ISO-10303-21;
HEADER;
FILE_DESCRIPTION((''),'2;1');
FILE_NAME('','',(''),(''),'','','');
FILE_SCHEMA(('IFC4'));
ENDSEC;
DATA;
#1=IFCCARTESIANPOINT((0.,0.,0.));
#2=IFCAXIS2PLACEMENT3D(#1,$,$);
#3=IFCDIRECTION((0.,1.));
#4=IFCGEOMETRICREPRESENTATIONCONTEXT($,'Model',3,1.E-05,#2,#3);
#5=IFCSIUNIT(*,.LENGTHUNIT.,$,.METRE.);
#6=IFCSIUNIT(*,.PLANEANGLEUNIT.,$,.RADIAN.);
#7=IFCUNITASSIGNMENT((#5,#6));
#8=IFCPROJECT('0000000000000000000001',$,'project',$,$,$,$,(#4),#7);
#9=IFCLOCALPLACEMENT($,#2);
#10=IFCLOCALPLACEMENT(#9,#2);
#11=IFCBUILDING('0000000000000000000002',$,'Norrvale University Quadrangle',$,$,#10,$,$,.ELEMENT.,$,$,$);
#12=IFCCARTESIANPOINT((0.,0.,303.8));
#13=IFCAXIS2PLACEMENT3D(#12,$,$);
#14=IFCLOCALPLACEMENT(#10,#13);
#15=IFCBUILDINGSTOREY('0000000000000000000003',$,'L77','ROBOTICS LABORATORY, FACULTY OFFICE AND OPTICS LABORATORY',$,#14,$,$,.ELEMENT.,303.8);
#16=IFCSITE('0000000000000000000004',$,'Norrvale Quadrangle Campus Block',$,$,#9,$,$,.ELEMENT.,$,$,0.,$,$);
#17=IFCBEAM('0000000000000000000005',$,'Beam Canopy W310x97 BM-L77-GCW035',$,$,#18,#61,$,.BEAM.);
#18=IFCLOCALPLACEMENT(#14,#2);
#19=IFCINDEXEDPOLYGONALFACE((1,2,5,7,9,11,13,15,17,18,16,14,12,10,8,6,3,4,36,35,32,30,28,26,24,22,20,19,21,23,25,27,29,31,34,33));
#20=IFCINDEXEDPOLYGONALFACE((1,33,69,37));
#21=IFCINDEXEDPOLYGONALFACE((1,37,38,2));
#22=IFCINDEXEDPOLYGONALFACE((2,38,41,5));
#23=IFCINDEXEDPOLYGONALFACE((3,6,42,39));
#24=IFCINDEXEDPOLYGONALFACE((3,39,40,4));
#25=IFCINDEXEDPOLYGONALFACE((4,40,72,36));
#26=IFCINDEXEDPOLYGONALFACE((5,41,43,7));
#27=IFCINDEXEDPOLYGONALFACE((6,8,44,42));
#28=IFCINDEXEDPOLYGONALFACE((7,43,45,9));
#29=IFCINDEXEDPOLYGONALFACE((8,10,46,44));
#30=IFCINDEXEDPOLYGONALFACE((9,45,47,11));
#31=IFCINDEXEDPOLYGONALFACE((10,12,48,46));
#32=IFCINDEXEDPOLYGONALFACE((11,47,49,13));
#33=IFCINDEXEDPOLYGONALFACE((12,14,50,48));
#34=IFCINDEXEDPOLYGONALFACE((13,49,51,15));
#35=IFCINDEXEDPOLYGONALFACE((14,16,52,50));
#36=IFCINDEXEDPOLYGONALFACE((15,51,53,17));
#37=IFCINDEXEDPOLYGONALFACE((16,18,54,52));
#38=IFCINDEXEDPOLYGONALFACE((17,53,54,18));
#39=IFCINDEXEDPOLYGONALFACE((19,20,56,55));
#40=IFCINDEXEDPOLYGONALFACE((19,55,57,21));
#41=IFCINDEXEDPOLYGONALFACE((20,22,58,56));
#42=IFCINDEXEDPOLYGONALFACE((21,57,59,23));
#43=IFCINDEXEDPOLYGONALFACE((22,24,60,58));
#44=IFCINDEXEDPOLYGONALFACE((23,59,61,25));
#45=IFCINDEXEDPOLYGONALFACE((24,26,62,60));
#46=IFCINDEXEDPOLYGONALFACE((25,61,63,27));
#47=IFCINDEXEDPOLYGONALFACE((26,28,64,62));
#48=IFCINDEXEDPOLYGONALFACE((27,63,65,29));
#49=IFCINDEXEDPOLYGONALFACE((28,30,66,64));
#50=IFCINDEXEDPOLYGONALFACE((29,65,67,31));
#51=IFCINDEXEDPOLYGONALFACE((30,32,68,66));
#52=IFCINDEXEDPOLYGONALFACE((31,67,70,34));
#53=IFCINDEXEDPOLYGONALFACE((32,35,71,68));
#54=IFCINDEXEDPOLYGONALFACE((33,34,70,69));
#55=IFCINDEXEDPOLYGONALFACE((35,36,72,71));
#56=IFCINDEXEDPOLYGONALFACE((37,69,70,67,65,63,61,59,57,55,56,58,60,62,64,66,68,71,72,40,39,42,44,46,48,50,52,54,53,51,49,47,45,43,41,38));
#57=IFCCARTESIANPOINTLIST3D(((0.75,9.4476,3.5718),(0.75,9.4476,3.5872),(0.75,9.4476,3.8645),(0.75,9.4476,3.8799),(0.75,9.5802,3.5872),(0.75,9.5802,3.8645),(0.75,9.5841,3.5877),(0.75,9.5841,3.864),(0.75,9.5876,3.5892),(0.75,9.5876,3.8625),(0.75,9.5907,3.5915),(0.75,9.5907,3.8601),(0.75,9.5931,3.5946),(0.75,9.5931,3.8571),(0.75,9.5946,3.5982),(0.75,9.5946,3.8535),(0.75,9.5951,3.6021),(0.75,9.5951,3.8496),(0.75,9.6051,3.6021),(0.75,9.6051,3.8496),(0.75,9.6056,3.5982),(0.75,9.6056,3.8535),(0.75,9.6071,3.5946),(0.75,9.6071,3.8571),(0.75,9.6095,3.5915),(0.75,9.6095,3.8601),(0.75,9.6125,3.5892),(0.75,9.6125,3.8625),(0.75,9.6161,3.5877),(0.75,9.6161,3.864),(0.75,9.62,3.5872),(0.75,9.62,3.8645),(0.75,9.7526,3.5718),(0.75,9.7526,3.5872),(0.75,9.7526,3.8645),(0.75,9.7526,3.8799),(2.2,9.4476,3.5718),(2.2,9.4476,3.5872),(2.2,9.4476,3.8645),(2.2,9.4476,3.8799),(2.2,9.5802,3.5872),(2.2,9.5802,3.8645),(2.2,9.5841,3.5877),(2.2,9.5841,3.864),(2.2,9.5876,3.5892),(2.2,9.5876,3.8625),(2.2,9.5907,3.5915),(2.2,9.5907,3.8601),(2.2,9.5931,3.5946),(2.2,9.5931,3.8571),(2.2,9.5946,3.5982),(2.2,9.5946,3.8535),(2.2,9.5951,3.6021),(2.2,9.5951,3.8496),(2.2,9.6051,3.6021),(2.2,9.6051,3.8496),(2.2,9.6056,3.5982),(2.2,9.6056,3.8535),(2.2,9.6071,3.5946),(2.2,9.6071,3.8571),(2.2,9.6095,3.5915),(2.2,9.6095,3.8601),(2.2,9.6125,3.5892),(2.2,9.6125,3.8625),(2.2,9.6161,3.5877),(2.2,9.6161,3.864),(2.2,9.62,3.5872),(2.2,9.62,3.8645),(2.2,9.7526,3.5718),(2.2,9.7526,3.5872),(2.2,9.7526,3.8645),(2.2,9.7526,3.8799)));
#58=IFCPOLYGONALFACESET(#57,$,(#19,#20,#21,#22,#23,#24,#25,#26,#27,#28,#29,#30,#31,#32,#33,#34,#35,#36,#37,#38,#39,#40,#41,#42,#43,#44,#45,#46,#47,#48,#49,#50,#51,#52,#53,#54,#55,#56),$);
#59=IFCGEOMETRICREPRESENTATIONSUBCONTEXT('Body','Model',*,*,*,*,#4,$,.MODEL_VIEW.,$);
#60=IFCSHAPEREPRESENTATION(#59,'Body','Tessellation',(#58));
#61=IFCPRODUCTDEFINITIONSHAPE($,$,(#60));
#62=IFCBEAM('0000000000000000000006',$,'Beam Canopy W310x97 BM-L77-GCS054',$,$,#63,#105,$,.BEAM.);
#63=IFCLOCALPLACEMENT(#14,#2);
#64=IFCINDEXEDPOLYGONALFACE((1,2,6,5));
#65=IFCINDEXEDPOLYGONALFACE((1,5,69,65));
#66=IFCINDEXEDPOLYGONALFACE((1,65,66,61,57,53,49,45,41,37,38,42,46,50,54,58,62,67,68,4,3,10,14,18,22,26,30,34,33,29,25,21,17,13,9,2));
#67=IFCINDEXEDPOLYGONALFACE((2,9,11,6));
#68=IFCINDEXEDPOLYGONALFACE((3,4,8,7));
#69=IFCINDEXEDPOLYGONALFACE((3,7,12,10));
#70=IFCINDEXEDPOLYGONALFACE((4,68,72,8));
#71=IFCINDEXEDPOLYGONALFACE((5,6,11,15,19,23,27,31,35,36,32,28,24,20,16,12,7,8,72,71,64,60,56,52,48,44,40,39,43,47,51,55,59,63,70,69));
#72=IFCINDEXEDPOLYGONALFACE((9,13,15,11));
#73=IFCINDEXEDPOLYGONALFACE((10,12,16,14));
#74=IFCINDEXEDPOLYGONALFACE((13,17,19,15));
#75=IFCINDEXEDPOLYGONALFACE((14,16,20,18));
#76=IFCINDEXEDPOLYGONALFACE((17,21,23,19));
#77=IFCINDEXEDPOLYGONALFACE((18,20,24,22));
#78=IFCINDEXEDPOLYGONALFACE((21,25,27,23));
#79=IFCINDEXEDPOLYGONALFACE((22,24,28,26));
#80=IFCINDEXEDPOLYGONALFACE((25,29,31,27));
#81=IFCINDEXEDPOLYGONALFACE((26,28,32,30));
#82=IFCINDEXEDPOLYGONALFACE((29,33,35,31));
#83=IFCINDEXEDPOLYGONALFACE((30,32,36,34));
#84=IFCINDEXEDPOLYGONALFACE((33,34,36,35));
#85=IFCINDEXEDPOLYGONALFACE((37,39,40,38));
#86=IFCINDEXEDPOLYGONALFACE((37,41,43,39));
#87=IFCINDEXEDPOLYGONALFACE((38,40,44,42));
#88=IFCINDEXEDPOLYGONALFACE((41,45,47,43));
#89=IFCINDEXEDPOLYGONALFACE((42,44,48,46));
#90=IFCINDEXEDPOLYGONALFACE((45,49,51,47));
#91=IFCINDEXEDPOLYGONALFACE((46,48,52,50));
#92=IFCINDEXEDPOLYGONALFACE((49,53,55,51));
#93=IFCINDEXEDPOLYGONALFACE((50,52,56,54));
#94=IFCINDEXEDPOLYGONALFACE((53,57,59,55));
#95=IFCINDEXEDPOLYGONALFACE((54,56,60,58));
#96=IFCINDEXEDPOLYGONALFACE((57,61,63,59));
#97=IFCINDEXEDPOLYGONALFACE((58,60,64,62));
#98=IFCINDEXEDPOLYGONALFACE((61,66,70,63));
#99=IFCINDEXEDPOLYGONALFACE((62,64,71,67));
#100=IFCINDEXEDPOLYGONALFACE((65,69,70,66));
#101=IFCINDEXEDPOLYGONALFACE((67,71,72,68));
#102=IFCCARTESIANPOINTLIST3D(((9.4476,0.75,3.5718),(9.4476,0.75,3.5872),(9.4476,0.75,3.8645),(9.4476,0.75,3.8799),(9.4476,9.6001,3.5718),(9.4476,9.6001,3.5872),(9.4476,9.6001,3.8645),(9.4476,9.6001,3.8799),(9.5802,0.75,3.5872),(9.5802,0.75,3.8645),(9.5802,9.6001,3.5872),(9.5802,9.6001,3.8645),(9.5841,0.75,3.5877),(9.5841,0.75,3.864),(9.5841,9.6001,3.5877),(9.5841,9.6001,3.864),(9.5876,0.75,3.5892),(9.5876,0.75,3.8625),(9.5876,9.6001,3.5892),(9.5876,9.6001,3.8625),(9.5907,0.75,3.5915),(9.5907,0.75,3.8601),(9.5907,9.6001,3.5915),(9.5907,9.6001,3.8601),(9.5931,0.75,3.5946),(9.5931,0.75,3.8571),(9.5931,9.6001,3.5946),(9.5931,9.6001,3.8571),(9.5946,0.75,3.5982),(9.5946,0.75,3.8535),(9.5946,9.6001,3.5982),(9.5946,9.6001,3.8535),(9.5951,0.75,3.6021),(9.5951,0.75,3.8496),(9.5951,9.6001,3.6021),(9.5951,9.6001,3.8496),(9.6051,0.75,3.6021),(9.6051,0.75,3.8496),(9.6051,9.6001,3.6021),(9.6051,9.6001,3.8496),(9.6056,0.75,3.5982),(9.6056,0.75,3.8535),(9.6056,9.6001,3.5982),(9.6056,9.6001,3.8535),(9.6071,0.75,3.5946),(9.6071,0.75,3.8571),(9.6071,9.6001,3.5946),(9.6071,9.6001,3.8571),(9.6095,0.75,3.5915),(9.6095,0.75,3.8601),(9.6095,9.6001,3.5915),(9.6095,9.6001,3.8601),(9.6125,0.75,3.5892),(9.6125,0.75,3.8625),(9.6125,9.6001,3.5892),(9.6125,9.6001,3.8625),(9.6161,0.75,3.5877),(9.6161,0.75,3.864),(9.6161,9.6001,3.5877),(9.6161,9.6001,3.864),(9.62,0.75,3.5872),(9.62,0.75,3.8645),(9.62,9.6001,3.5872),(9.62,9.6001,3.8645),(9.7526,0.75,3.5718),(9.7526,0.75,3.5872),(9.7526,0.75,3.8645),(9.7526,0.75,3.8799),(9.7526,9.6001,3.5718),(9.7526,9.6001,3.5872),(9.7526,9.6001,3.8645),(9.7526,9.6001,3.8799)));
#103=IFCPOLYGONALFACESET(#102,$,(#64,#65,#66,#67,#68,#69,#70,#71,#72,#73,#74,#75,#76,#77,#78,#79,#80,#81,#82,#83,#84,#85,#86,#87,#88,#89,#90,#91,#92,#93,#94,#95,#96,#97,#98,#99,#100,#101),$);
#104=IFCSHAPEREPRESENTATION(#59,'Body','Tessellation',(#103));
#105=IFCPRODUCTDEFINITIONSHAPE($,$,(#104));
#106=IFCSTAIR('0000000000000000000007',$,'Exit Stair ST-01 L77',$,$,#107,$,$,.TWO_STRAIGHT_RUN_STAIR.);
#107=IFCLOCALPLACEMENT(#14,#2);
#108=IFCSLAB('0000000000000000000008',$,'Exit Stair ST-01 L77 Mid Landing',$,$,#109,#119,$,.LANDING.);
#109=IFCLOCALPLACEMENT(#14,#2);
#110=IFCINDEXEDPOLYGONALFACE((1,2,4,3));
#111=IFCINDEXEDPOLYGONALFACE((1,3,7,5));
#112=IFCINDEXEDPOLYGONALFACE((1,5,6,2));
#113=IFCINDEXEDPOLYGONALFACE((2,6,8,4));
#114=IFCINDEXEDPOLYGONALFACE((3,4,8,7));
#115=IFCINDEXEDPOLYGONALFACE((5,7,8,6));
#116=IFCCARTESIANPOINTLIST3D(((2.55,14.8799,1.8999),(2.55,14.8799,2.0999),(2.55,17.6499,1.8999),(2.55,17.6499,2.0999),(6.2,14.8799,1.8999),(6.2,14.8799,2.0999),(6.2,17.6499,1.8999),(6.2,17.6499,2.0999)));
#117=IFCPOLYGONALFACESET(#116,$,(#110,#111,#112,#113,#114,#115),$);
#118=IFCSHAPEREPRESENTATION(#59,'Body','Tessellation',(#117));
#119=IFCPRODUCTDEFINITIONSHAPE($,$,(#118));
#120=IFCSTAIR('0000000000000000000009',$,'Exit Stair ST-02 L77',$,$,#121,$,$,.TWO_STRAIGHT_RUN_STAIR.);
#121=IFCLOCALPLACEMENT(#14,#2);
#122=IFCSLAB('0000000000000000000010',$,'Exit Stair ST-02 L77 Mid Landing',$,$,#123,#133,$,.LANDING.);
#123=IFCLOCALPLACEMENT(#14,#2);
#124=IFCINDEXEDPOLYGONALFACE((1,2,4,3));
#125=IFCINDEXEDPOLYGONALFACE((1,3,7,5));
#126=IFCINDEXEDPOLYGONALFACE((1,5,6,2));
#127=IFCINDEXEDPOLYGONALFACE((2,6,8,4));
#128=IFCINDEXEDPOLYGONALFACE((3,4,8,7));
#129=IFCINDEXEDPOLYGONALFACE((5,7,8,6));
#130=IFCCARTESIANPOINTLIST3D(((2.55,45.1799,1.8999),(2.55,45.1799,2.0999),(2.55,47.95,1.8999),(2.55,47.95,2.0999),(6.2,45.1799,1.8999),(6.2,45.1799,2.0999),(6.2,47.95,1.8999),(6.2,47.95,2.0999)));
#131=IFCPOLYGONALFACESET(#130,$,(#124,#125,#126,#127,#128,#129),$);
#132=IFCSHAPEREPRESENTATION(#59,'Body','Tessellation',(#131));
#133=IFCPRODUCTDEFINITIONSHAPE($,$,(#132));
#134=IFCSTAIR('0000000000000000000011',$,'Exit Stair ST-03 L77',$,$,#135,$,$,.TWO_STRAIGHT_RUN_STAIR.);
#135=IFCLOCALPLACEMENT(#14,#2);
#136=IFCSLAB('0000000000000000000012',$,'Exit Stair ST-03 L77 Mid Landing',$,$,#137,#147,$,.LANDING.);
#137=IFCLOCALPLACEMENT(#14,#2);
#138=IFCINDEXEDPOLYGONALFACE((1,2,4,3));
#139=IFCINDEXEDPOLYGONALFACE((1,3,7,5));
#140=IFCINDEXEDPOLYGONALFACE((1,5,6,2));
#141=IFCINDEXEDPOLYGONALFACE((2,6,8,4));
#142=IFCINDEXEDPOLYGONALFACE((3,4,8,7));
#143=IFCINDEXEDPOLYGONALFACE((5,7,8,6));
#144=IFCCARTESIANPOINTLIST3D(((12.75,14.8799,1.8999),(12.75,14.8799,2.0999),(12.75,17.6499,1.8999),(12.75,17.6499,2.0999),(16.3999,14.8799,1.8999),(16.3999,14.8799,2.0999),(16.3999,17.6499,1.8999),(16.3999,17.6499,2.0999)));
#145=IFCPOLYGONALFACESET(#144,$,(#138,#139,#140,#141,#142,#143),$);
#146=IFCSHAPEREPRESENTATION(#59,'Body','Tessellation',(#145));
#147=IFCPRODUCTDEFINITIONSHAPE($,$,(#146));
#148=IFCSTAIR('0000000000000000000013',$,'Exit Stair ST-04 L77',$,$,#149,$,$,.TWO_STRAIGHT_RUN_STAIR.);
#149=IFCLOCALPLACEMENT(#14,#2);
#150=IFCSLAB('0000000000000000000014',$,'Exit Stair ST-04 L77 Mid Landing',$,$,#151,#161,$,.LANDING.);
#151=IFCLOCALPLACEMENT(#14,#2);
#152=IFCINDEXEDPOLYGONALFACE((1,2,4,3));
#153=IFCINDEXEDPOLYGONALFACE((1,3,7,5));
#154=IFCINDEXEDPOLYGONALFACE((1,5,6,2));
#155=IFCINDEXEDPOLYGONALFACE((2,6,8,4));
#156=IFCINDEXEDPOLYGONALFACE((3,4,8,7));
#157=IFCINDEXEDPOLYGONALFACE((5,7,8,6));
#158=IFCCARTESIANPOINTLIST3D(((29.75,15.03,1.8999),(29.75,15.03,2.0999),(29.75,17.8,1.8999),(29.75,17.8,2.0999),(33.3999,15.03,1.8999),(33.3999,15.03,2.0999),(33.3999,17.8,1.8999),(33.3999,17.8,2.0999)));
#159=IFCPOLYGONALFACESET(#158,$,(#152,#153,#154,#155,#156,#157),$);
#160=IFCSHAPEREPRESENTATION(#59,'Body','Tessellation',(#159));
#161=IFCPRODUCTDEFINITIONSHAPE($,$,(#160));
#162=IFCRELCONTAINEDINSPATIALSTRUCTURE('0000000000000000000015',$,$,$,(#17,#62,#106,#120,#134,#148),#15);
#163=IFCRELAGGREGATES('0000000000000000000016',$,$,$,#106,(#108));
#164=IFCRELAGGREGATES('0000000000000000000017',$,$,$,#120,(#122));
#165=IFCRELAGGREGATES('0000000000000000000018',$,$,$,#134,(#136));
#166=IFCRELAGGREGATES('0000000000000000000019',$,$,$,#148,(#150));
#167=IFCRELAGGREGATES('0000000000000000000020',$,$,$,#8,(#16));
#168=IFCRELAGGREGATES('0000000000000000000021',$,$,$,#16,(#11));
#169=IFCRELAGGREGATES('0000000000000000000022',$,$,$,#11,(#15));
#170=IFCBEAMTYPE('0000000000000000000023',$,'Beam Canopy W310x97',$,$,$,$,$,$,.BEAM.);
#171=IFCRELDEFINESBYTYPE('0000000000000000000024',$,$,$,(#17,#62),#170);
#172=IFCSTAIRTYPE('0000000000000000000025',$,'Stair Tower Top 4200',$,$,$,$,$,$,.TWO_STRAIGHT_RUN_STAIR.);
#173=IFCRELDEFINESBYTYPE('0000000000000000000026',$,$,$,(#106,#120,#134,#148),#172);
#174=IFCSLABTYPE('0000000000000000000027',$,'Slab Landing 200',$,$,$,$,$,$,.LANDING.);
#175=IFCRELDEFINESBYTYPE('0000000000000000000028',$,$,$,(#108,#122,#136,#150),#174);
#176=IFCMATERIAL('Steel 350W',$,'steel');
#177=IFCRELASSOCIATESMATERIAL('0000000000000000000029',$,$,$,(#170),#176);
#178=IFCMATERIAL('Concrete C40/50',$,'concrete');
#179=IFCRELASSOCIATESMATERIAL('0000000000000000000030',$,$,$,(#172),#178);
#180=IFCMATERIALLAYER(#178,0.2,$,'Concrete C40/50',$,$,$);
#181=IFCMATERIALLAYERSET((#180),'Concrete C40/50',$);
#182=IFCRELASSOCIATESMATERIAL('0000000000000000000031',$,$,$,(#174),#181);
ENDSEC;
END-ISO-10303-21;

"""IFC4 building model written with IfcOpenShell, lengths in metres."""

from ifc_helpers import new_model, si_unit, direction, frame, origin, origin_2d, place, context, subcontext, project, spatial, polyline, i_section, outline, extrude, material, layer, layer_set, material_profile, profile_set, type_object, element, aggregate, save


model = new_model("IFC4")

# Units and contexts
model_context = context("Model", 3, precision=1e-05, world=origin(), true_north=direction((0.0, 1.0)))
body_context = subcontext(model_context, "Body", "Model", "MODEL_VIEW")
ifc_project = project(units=[si_unit("LENGTHUNIT", "METRE"), si_unit("PLANEANGLEUNIT", "RADIAN")], contexts=[model_context])

# Site, building, storey
site_placement = place(None, origin())
site = spatial("IfcSite", under=ifc_project, at=site_placement, Name="Norrvale Quadrangle Campus Block", CompositionType="ELEMENT", RefElevation=0.0)
building_placement = place(site_placement, origin())
building = spatial("IfcBuilding", under=site, at=building_placement, Name="Norrvale University Quadrangle", CompositionType="ELEMENT")
storey_placement = place(building_placement, frame((0.0, 0.0, 303.8)))
storey = spatial("IfcBuildingStorey", under=building, at=storey_placement, Name="L77", Description="ROBOTICS LABORATORY, FACULTY OFFICE AND OPTICS LABORATORY", CompositionType="ELEMENT", Elevation=303.8)

# Beams
ifc_material_1 = material(Name="Steel 350W", Category="steel")
ifc_material_profile_1 = material_profile(ifc_material_1, i_section(OverallWidth=0.3049, OverallDepth=0.3081, WebThickness=0.01, FlangeThickness=0.0154, FilletRadius=0.0149, at=origin_2d()), Name="Steel 350W")
ifc_profile_set_1 = profile_set([ifc_material_profile_1], Name="Steel 350W")
beam_type_1 = type_object("IfcBeamType", Name="Beam Canopy W310x97", PredefinedType="BEAM", material=ifc_profile_set_1)
beam_1_placement = place(storey_placement, frame((0.75, 9.6001, 3.7258), z_axis=(1.0, 0.0, 0.0), x_axis=(0.0, 1.0, 0.0)))
element("IfcBeam", 1, at=beam_1_placement, inside=storey, type_object=beam_type_1, Name="Beam Canopy W310x97 BM-L77-GCW035", PredefinedType="BEAM", context=body_context, shape_type="SweptSolid", body=[
    extrude(i_section(OverallWidth=0.3049, OverallDepth=0.3081, WebThickness=0.01, FlangeThickness=0.0154, FilletRadius=0.0149, at=origin_2d()), origin(), (0.0, 0.0, 1.0), 1.45),
])
beam_2_placement = place(storey_placement, frame((9.6001, 0.75, 3.7258), z_axis=(0.0, 1.0, 0.0), x_axis=(-1.0, 0.0, 0.0)))
element("IfcBeam", 2, at=beam_2_placement, inside=storey, type_object=beam_type_1, Name="Beam Canopy W310x97 BM-L77-GCS054", PredefinedType="BEAM", context=body_context, shape_type="SweptSolid", body=[
    extrude(i_section(OverallWidth=0.3049, OverallDepth=0.3081, WebThickness=0.01, FlangeThickness=0.0154, FilletRadius=0.0149, at=origin_2d()), origin(), (0.0, 0.0, 1.0), 8.8501),
])

# Stairs, slabs
ifc_material_2 = material(Name="Concrete C40/50", Category="concrete")
stair_type = type_object("IfcStairType", Name="Stair Tower Top 4200", PredefinedType="TWO_STRAIGHT_RUN_STAIR", material=ifc_material_2)
stair_1_placement = place(storey_placement, origin())
stair_1 = element("IfcStair", 3, at=stair_1_placement, inside=storey, type_object=stair_type, Name="Exit Stair ST-01 L77", PredefinedType="TWO_STRAIGHT_RUN_STAIR")
ifc_layer_1 = layer(ifc_material_2, 0.2, Name="Concrete C40/50")
ifc_layer_set_1 = layer_set([ifc_layer_1], Name="Concrete C40/50")
slab_type_1 = type_object("IfcSlabType", Name="Slab Landing 200", PredefinedType="LANDING", material=ifc_layer_set_1)
slab_1_placement = place(storey_placement, frame((0.0, 0.0, 1.8999)))
slab_1 = element("IfcSlab", 4, at=slab_1_placement, type_object=slab_type_1, Name="Exit Stair ST-01 L77 Mid Landing", PredefinedType="LANDING", context=body_context, shape_type="SweptSolid", body=[
    extrude(outline(polyline([(2.55, 14.8799), (6.2, 14.8799), (6.2, 17.6499), (2.55, 17.6499), (2.55, 14.8799)])), origin(), (0.0, 0.0, 1.0), 0.2),
])
aggregate(stair_1, [slab_1])
stair_2_placement = place(storey_placement, origin())
stair_2 = element("IfcStair", 5, at=stair_2_placement, inside=storey, type_object=stair_type, Name="Exit Stair ST-02 L77", PredefinedType="TWO_STRAIGHT_RUN_STAIR")
slab_2_placement = place(storey_placement, frame((0.0, 0.0, 1.8999)))
slab_2 = element("IfcSlab", 6, at=slab_2_placement, type_object=slab_type_1, Name="Exit Stair ST-02 L77 Mid Landing", PredefinedType="LANDING", context=body_context, shape_type="SweptSolid", body=[
    extrude(outline(polyline([(2.55, 45.1799), (6.2, 45.1799), (6.2, 47.95), (2.55, 47.95), (2.55, 45.1799)])), origin(), (0.0, 0.0, 1.0), 0.2),
])
aggregate(stair_2, [slab_2])
stair_3_placement = place(storey_placement, origin())
stair_3 = element("IfcStair", 7, at=stair_3_placement, inside=storey, type_object=stair_type, Name="Exit Stair ST-03 L77", PredefinedType="TWO_STRAIGHT_RUN_STAIR")
slab_3_placement = place(storey_placement, frame((0.0, 0.0, 1.8999)))
slab_3 = element("IfcSlab", 8, at=slab_3_placement, type_object=slab_type_1, Name="Exit Stair ST-03 L77 Mid Landing", PredefinedType="LANDING", context=body_context, shape_type="SweptSolid", body=[
    extrude(outline(polyline([(12.75, 14.8799), (16.3999, 14.8799), (16.3999, 17.6499), (12.75, 17.6499), (12.75, 14.8799)])), origin(), (0.0, 0.0, 1.0), 0.2),
])
aggregate(stair_3, [slab_3])
stair_4_placement = place(storey_placement, origin())
stair_4 = element("IfcStair", 9, at=stair_4_placement, inside=storey, type_object=stair_type, Name="Exit Stair ST-04 L77", PredefinedType="TWO_STRAIGHT_RUN_STAIR")
slab_4_placement = place(storey_placement, frame((0.0, 0.0, 1.8999)))
slab_4 = element("IfcSlab", 10, at=slab_4_placement, type_object=slab_type_1, Name="Exit Stair ST-04 L77 Mid Landing", PredefinedType="LANDING", context=body_context, shape_type="SweptSolid", body=[
    extrude(outline(polyline([(29.75, 15.03), (33.3999, 15.03), (33.3999, 17.8), (29.75, 17.8), (29.75, 15.03)])), origin(), (0.0, 0.0, 1.0), 0.2),
])
aggregate(stair_4, [slab_4])

save(model, "model.ifc")
